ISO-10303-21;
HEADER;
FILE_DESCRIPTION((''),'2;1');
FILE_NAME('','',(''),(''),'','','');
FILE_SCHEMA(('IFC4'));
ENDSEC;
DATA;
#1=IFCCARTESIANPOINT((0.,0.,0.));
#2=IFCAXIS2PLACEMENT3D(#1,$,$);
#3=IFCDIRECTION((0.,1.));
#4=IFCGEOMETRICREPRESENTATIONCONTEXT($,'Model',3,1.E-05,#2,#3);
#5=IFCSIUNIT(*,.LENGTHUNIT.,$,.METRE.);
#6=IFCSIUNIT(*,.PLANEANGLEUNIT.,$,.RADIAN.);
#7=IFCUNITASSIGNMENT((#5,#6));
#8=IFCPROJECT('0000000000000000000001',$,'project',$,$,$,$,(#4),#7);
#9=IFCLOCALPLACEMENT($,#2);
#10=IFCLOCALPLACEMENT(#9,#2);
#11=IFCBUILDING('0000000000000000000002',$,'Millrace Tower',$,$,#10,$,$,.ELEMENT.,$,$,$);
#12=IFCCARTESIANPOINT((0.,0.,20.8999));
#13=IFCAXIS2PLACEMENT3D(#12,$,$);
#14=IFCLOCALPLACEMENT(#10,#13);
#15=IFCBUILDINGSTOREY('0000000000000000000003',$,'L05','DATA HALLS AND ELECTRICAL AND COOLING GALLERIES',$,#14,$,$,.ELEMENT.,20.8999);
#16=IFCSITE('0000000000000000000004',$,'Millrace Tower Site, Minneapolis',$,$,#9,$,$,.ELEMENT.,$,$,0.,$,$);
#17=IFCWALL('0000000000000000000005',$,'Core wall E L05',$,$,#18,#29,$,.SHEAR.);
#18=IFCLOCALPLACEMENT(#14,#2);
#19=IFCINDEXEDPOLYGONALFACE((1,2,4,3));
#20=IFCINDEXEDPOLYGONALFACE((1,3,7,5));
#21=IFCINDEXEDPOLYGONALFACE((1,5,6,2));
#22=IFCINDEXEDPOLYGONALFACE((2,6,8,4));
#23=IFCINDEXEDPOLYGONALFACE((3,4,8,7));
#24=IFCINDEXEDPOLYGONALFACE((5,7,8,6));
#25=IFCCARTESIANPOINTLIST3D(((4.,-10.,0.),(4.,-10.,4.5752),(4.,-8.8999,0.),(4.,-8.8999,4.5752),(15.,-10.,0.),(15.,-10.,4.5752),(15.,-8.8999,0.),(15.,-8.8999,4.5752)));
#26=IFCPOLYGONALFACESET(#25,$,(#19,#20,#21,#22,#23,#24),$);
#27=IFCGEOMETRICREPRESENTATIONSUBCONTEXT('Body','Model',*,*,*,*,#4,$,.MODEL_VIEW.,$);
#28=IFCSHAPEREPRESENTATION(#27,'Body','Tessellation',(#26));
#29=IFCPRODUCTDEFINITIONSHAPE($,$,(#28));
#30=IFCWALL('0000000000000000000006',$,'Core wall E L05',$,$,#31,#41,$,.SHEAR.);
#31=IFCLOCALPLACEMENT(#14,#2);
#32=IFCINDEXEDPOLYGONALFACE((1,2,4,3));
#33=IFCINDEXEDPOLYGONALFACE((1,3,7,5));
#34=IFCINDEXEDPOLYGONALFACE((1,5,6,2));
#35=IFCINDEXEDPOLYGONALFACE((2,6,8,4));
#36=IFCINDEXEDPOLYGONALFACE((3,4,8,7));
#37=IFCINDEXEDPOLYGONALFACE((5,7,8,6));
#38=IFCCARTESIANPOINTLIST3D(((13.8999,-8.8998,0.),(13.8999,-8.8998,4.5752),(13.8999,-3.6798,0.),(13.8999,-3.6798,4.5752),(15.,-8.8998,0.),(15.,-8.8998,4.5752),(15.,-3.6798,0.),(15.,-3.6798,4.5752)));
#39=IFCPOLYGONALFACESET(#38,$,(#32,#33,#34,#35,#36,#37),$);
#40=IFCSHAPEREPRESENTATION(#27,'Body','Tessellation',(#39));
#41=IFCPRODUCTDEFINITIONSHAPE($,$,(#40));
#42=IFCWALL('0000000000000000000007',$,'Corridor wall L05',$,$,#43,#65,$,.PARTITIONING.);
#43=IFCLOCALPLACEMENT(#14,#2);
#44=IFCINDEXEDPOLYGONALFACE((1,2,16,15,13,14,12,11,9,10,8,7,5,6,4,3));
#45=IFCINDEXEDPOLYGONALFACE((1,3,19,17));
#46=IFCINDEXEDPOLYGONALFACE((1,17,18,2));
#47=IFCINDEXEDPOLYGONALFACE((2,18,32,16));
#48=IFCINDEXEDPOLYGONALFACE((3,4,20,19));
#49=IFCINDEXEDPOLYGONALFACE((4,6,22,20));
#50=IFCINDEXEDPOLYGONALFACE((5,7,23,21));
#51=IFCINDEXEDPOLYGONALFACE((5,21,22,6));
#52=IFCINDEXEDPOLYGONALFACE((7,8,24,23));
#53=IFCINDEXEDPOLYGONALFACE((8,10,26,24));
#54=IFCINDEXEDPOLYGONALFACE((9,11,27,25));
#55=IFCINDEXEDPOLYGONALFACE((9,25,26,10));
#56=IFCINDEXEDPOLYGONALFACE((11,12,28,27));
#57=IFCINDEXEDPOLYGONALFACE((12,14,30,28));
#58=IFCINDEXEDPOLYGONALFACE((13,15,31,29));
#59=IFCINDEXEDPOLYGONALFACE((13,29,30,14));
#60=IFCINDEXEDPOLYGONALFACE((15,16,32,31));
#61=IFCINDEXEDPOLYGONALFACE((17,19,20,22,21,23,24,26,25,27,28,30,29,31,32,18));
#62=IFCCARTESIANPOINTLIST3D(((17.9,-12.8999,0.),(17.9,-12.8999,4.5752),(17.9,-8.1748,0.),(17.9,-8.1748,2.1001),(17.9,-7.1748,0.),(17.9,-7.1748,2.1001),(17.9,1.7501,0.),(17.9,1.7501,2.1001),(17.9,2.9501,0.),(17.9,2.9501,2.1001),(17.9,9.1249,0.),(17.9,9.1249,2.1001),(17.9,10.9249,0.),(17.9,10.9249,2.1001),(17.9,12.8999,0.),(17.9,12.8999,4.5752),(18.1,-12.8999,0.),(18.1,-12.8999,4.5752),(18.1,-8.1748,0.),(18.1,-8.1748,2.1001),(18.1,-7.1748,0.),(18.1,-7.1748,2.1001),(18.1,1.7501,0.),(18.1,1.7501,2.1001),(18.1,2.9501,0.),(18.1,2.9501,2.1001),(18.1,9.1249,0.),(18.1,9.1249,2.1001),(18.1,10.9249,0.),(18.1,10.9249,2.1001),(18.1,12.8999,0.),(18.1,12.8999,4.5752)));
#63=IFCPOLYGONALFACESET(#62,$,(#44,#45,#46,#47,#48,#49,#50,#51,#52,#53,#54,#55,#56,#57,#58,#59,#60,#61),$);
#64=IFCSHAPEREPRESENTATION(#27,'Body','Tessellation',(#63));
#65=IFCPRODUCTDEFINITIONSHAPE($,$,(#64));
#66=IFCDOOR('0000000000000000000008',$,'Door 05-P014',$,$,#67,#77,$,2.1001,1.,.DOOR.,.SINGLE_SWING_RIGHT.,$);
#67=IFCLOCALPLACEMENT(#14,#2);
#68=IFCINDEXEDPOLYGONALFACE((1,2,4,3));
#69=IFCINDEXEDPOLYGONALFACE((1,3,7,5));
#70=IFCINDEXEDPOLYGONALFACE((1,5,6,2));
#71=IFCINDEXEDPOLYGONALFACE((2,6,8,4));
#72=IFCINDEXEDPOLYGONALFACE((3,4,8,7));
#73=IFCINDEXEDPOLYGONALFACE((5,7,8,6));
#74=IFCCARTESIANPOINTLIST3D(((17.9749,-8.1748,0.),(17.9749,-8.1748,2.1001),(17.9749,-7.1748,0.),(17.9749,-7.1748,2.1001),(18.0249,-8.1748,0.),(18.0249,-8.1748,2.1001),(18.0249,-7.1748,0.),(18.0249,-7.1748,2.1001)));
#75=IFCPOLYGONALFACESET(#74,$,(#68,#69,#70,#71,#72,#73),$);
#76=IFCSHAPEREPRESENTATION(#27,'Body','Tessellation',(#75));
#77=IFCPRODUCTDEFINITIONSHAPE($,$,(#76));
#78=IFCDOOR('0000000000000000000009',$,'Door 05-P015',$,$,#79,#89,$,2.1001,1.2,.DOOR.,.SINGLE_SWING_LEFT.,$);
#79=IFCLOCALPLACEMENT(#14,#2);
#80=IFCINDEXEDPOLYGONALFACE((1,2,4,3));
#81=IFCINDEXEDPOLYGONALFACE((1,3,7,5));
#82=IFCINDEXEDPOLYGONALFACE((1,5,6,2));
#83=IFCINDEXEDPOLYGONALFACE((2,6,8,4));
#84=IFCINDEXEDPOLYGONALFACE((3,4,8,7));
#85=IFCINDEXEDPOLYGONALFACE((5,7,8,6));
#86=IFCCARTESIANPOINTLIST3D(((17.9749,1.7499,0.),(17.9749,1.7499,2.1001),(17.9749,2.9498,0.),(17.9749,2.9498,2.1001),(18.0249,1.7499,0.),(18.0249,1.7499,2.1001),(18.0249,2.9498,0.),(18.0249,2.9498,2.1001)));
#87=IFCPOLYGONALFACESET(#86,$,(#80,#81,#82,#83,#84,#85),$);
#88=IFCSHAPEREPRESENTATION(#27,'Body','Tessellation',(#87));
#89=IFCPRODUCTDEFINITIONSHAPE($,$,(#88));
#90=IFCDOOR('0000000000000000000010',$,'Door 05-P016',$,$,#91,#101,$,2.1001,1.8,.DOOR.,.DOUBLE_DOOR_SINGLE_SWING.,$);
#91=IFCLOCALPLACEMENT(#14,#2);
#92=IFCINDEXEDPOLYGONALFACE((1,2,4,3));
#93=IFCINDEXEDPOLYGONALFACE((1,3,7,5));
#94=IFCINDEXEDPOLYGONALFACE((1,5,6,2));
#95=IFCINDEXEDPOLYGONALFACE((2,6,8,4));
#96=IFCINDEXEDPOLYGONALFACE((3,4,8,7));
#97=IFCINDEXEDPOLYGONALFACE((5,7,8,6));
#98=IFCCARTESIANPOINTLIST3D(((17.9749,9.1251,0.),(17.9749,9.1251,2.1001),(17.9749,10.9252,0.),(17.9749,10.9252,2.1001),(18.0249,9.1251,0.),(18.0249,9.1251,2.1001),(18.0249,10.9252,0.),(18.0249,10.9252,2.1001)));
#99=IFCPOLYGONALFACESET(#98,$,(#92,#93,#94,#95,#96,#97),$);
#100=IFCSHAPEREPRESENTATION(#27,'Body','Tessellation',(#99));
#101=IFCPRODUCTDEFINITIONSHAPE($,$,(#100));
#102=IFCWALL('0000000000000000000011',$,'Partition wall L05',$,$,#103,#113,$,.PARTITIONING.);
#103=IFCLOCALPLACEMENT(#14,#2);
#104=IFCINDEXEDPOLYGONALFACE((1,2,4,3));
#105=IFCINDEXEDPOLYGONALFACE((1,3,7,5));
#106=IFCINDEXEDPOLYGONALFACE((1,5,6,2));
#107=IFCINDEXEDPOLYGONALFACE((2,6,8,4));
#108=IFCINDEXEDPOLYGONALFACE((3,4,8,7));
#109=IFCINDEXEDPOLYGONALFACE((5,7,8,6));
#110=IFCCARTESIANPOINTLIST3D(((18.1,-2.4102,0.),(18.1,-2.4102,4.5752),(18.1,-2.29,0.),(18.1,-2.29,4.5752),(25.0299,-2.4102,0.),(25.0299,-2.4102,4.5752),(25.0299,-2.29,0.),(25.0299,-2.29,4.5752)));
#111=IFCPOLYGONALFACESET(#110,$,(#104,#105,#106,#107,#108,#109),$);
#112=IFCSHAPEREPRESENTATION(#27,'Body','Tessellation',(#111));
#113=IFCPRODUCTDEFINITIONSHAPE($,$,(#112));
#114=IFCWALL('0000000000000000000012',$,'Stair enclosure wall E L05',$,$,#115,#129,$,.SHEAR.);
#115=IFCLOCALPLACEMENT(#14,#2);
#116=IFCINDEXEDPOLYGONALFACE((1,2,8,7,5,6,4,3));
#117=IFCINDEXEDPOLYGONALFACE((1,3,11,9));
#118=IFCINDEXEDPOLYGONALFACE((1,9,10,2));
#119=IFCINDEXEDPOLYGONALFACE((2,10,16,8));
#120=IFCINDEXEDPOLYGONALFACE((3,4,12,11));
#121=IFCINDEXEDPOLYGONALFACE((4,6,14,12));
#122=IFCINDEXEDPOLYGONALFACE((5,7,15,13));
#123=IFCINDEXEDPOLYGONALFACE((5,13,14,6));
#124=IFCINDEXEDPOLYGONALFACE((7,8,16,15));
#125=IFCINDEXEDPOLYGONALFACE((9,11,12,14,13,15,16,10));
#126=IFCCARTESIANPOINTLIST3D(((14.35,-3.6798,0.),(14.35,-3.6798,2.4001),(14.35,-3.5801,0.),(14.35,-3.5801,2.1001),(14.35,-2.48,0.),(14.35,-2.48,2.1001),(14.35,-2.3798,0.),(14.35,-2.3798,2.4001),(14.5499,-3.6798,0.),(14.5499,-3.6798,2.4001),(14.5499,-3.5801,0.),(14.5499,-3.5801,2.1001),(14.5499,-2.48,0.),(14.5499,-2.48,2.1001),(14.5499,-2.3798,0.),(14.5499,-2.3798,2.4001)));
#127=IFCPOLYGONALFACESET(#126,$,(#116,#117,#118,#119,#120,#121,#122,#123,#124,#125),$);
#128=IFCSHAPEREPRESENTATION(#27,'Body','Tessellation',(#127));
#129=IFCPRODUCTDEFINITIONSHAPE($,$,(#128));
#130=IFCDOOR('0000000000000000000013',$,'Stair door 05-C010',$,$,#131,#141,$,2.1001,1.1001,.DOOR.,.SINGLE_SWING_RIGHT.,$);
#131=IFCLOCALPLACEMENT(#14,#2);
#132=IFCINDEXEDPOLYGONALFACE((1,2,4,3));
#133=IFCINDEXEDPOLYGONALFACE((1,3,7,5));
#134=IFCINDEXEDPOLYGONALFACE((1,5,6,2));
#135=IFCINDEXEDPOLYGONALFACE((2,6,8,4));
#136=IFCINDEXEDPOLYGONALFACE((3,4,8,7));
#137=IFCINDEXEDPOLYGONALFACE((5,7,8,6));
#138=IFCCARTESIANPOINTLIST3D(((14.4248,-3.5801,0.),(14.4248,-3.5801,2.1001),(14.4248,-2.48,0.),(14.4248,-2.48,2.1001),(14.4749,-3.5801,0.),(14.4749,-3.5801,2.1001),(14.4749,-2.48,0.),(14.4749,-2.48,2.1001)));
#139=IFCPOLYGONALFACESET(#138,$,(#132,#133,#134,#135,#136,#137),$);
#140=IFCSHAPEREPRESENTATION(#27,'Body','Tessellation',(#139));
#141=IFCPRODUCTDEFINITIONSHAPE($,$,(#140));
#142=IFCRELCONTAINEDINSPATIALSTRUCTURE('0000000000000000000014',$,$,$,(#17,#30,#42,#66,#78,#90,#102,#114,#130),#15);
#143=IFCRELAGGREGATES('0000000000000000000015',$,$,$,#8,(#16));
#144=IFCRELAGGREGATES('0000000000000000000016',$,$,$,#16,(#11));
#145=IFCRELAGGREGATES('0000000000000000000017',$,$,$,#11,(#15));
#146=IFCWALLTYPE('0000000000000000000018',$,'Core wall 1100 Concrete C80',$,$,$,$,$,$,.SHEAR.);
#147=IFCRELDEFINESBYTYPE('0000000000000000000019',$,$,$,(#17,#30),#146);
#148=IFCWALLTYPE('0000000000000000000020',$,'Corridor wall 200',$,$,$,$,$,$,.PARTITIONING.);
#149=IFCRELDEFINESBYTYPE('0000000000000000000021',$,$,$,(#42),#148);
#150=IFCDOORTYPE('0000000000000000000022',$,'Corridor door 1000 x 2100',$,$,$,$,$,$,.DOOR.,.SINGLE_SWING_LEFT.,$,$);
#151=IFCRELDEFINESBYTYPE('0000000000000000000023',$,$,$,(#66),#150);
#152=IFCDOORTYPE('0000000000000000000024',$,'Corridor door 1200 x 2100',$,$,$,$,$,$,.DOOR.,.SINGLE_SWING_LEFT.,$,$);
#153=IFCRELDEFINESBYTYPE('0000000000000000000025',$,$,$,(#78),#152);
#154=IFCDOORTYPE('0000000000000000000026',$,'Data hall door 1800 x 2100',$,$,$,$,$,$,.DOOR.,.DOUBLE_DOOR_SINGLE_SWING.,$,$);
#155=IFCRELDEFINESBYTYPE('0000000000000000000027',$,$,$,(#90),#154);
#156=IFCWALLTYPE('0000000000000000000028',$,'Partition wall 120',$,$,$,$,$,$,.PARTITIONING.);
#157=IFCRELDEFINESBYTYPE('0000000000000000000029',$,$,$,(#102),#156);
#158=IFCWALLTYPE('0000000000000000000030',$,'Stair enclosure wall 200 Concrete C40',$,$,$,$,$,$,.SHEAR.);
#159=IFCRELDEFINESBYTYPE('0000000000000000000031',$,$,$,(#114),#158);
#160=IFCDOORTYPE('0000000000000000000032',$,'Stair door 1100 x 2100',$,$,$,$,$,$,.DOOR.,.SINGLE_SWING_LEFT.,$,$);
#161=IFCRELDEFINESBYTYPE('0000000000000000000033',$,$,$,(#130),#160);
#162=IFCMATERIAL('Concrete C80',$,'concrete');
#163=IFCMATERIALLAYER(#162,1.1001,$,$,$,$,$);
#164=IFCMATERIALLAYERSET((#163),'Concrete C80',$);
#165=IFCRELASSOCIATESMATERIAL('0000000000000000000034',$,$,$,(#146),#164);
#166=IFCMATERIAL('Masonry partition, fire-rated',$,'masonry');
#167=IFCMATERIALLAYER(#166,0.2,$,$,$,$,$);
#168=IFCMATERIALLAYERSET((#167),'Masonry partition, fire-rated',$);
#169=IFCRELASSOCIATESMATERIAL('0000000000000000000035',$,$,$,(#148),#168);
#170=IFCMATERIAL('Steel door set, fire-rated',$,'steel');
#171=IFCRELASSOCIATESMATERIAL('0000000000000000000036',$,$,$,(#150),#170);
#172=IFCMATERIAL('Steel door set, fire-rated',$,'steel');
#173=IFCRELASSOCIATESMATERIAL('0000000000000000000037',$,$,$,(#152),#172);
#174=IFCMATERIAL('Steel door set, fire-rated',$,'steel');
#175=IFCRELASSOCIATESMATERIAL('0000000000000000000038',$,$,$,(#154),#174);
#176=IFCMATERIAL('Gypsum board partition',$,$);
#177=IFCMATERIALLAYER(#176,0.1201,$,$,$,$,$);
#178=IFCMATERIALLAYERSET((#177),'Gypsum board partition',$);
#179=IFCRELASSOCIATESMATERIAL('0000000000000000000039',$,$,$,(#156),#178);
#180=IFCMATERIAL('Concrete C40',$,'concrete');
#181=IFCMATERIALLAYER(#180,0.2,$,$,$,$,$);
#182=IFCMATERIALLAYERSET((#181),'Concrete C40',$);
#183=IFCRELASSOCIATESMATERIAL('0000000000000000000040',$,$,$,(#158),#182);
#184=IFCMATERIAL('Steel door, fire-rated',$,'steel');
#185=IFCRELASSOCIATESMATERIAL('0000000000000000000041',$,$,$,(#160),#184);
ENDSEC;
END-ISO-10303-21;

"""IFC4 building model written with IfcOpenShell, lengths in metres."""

from ifc_helpers import new_model, si_unit, direction, frame, frame_2d, origin, place, context, subcontext, project, spatial, rectangle, extrude, material, layer, layer_set, type_object, element, fill, save


model = new_model("IFC4")

# Units and contexts
model_context = context("Model", 3, precision=1e-05, world=origin(), true_north=direction((0.0, 1.0)))
body_context = subcontext(model_context, "Body", "Model", "MODEL_VIEW")
ifc_project = project(units=[si_unit("LENGTHUNIT", "METRE"), si_unit("PLANEANGLEUNIT", "RADIAN")], contexts=[model_context])

# Site, building, storey
site_placement = place(None, origin())
site = spatial("IfcSite", under=ifc_project, at=site_placement, Name="Millrace Tower Site, Minneapolis", CompositionType="ELEMENT", RefElevation=0.0)
building_placement = place(site_placement, origin())
building = spatial("IfcBuilding", under=site, at=building_placement, Name="Millrace Tower", CompositionType="ELEMENT")
storey_placement = place(building_placement, frame((0.0, 0.0, 20.8999)))
storey = spatial("IfcBuildingStorey", under=building, at=storey_placement, Name="L05", Description="DATA HALLS AND ELECTRICAL AND COOLING GALLERIES", CompositionType="ELEMENT", Elevation=20.8999)

# Walls
ifc_material_1 = material(Name="Concrete C80", Category="concrete")
ifc_layer_1 = layer(ifc_material_1, 1.1001)
ifc_layer_set_1 = layer_set([ifc_layer_1], Name="Concrete C80")
wall_type_1 = type_object("IfcWallType", Name="Core wall 1100 Concrete C80", PredefinedType="SHEAR", material=ifc_layer_set_1)
wall_1_placement = place(storey_placement, frame((15.0, -9.45, 0.0), z_axis=(0.0, 0.0, 1.0), x_axis=(-1.0, 0.0, 0.0)))
element("IfcWall", 1, at=wall_1_placement, inside=storey, type_object=wall_type_1, Name="Core wall E L05", PredefinedType="SHEAR", context=body_context, shape_type="SweptSolid", body=[
    extrude(rectangle(XDim=11.0, YDim=1.1001, at=frame_2d((5.5, 0.0))), origin(), (0.0, 0.0, 1.0), 4.5752),
])
wall_2_placement = place(storey_placement, frame((14.45, -3.6799, 0.0), z_axis=(0.0, 0.0, 1.0), x_axis=(0.0, -1.0, 0.0)))
element("IfcWall", 2, at=wall_2_placement, inside=storey, type_object=wall_type_1, Name="Core wall E L05", PredefinedType="SHEAR", context=body_context, shape_type="SweptSolid", body=[
    extrude(rectangle(XDim=5.22, YDim=1.1001, at=frame_2d((2.6099, 0.0))), origin(), (0.0, 0.0, 1.0), 4.5752),
])

# Wall, openings, doors
ifc_material_2 = material(Name="Masonry partition, fire-rated", Category="masonry")
ifc_layer_2 = layer(ifc_material_2, 0.2)
ifc_layer_set_2 = layer_set([ifc_layer_2], Name="Masonry partition, fire-rated")
wall_type_2 = type_object("IfcWallType", Name="Corridor wall 200", PredefinedType="PARTITIONING", material=ifc_layer_set_2)
wall_3_placement = place(storey_placement, frame((18.0, -12.8999, 0.0), z_axis=(0.0, 0.0, 1.0), x_axis=(0.0, 1.0, 0.0)))
wall_3 = element("IfcWall", 3, at=wall_3_placement, inside=storey, type_object=wall_type_2, Name="Corridor wall L05", PredefinedType="PARTITIONING", context=body_context, shape_type="SweptSolid", body=[
    extrude(rectangle(XDim=25.7998, YDim=0.2, at=frame_2d((12.8999, 0.0))), origin(), (0.0, 0.0, 1.0), 4.5752),
])
opening_1_placement = place(wall_3_placement, frame((4.7251, 0.0, 0.0)))
opening_1 = element("IfcOpeningElement", 4, at=opening_1_placement, cuts=wall_3, PredefinedType="OPENING", context=body_context, shape_type="SweptSolid", body=[
    extrude(rectangle(XDim=1.0, YDim=2.1001, at=frame_2d((0.5, 1.05))), frame((0.0, 0.1099, 0.0), z_axis=(0.0, -1.0, 0.0), x_axis=(1.0, 0.0, 0.0)), (0.0, 0.0, 1.0), 0.22),
])
opening_2_placement = place(wall_3_placement, frame((14.6499, 0.0, 0.0)))
opening_2 = element("IfcOpeningElement", 5, at=opening_2_placement, cuts=wall_3, PredefinedType="OPENING", context=body_context, shape_type="SweptSolid", body=[
    extrude(rectangle(XDim=1.2, YDim=2.1001, at=frame_2d((0.6001, 1.05))), frame((0.0, 0.1099, 0.0), z_axis=(0.0, -1.0, 0.0), x_axis=(1.0, 0.0, 0.0)), (0.0, 0.0, 1.0), 0.22),
])
opening_3_placement = place(wall_3_placement, frame((22.0249, 0.0, 0.0)))
opening_3 = element("IfcOpeningElement", 6, at=opening_3_placement, cuts=wall_3, PredefinedType="OPENING", context=body_context, shape_type="SweptSolid", body=[
    extrude(rectangle(XDim=1.8, YDim=2.1001, at=frame_2d((0.8999, 1.05))), frame((0.0, 0.1099, 0.0), z_axis=(0.0, -1.0, 0.0), x_axis=(1.0, 0.0, 0.0)), (0.0, 0.0, 1.0), 0.22),
])
ifc_material_3 = material(Name="Steel door set, fire-rated", Category="steel")
door_type_1 = type_object("IfcDoorType", Name="Corridor door 1000 x 2100", OperationType="SINGLE_SWING_LEFT", PredefinedType="DOOR", material=ifc_material_3)
door_1_placement = place(opening_1_placement, frame((1.0, 0.0, 0.0), z_axis=(0.0, 0.0, 1.0), x_axis=(-1.0, 0.0, 0.0)))
door_1 = element("IfcDoor", 7, at=door_1_placement, inside=storey, type_object=door_type_1, Name="Door 05-P014", OperationType="SINGLE_SWING_RIGHT", OverallHeight=2.1001, OverallWidth=1.0, PredefinedType="DOOR", context=body_context, shape_type="SweptSolid", body=[
    extrude(rectangle(XDim=1.0, YDim=2.1001, at=frame_2d((0.5, 1.05))), frame((0.0, 0.0249, 0.0), z_axis=(0.0, -1.0, 0.0), x_axis=(1.0, 0.0, 0.0)), (0.0, 0.0, 1.0), 0.05),
])
fill(opening_1, door_1)
ifc_material_4 = material(Name="Steel door set, fire-rated", Category="steel")
door_type_2 = type_object("IfcDoorType", Name="Corridor door 1200 x 2100", OperationType="SINGLE_SWING_LEFT", PredefinedType="DOOR", material=ifc_material_4)
door_2_placement = place(opening_2_placement, frame((1.2, 0.0, 0.0), z_axis=(0.0, 0.0, 1.0), x_axis=(-1.0, 0.0, 0.0)))
door_2 = element("IfcDoor", 8, at=door_2_placement, inside=storey, type_object=door_type_2, Name="Door 05-P015", OperationType="SINGLE_SWING_LEFT", OverallHeight=2.1001, OverallWidth=1.2, PredefinedType="DOOR", context=body_context, shape_type="SweptSolid", body=[
    extrude(rectangle(XDim=1.2, YDim=2.1001, at=frame_2d((0.6001, 1.05))), frame((0.0, 0.0249, 0.0), z_axis=(0.0, -1.0, 0.0), x_axis=(1.0, 0.0, 0.0)), (0.0, 0.0, 1.0), 0.05),
])
fill(opening_2, door_2)
ifc_material_5 = material(Name="Steel door set, fire-rated", Category="steel")
door_type_3 = type_object("IfcDoorType", Name="Data hall door 1800 x 2100", OperationType="DOUBLE_DOOR_SINGLE_SWING", PredefinedType="DOOR", material=ifc_material_5)
door_3_placement = place(opening_3_placement, frame((1.8, 0.0, 0.0), z_axis=(0.0, 0.0, 1.0), x_axis=(-1.0, 0.0, 0.0)))
door_3 = element("IfcDoor", 9, at=door_3_placement, inside=storey, type_object=door_type_3, Name="Door 05-P016", OperationType="DOUBLE_DOOR_SINGLE_SWING", OverallHeight=2.1001, OverallWidth=1.8, PredefinedType="DOOR", context=body_context, shape_type="SweptSolid", body=[
    extrude(rectangle(XDim=1.8, YDim=2.1001, at=frame_2d((0.8999, 1.05))), frame((0.0, 0.0249, 0.0), z_axis=(0.0, -1.0, 0.0), x_axis=(1.0, 0.0, 0.0)), (0.0, 0.0, 1.0), 0.05),
])
fill(opening_3, door_3)

# Wall
ifc_material_6 = material(Name="Gypsum board partition")
ifc_layer_3 = layer(ifc_material_6, 0.1201)
ifc_layer_set_3 = layer_set([ifc_layer_3], Name="Gypsum board partition")
wall_type_3 = type_object("IfcWallType", Name="Partition wall 120", PredefinedType="PARTITIONING", material=ifc_layer_set_3)
wall_4_placement = place(storey_placement, frame((18.1001, -2.3501, 0.0), z_axis=(0.0, 0.0, 1.0), x_axis=(1.0, 0.0, 0.0)))
element("IfcWall", 10, at=wall_4_placement, inside=storey, type_object=wall_type_3, Name="Partition wall L05", PredefinedType="PARTITIONING", context=body_context, shape_type="SweptSolid", body=[
    extrude(rectangle(XDim=6.9299, YDim=0.1201, at=frame_2d((3.4648, 0.0))), origin(), (0.0, 0.0, 1.0), 4.5752),
])

# Wall, opening, door
ifc_material_7 = material(Name="Concrete C40", Category="concrete")
ifc_layer_4 = layer(ifc_material_7, 0.2)
ifc_layer_set_4 = layer_set([ifc_layer_4], Name="Concrete C40")
wall_type_4 = type_object("IfcWallType", Name="Stair enclosure wall 200 Concrete C40", PredefinedType="SHEAR", material=ifc_layer_set_4)
wall_5_placement = place(storey_placement, frame((14.45, -2.3799, 0.0), z_axis=(0.0, 0.0, 1.0), x_axis=(0.0, -1.0, 0.0)))
wall_5 = element("IfcWall", 11, at=wall_5_placement, inside=storey, type_object=wall_type_4, Name="Stair enclosure wall E L05", PredefinedType="SHEAR", context=body_context, shape_type="SweptSolid", body=[
    extrude(rectangle(XDim=1.3, YDim=0.2, at=frame_2d((0.6499, 0.0))), origin(), (0.0, 0.0, 1.0), 2.4001),
])
opening_4_placement = place(wall_5_placement, frame((0.1001, 0.0, 0.0)))
opening_4 = element("IfcOpeningElement", 12, at=opening_4_placement, cuts=wall_5, PredefinedType="OPENING", context=body_context, shape_type="SweptSolid", body=[
    extrude(rectangle(XDim=1.1001, YDim=2.1001, at=frame_2d((0.55, 1.05))), frame((0.0, 0.1099, 0.0), z_axis=(0.0, -1.0, 0.0), x_axis=(1.0, 0.0, 0.0)), (0.0, 0.0, 1.0), 0.22),
])
ifc_material_8 = material(Name="Steel door, fire-rated", Category="steel")
door_type_4 = type_object("IfcDoorType", Name="Stair door 1100 x 2100", OperationType="SINGLE_SWING_LEFT", PredefinedType="DOOR", material=ifc_material_8)
door_4_placement = place(opening_4_placement, origin())
door_4 = element("IfcDoor", 13, at=door_4_placement, inside=storey, type_object=door_type_4, Name="Stair door 05-C010", OperationType="SINGLE_SWING_RIGHT", OverallHeight=2.1001, OverallWidth=1.1001, PredefinedType="DOOR", context=body_context, shape_type="SweptSolid", body=[
    extrude(rectangle(XDim=1.1001, YDim=2.1001, at=frame_2d((0.55, 1.05))), frame((0.0, 0.0249, 0.0), z_axis=(0.0, -1.0, 0.0), x_axis=(1.0, 0.0, 0.0)), (0.0, 0.0, 1.0), 0.05),
])
fill(opening_4, door_4)

save(model, "model.ifc")
